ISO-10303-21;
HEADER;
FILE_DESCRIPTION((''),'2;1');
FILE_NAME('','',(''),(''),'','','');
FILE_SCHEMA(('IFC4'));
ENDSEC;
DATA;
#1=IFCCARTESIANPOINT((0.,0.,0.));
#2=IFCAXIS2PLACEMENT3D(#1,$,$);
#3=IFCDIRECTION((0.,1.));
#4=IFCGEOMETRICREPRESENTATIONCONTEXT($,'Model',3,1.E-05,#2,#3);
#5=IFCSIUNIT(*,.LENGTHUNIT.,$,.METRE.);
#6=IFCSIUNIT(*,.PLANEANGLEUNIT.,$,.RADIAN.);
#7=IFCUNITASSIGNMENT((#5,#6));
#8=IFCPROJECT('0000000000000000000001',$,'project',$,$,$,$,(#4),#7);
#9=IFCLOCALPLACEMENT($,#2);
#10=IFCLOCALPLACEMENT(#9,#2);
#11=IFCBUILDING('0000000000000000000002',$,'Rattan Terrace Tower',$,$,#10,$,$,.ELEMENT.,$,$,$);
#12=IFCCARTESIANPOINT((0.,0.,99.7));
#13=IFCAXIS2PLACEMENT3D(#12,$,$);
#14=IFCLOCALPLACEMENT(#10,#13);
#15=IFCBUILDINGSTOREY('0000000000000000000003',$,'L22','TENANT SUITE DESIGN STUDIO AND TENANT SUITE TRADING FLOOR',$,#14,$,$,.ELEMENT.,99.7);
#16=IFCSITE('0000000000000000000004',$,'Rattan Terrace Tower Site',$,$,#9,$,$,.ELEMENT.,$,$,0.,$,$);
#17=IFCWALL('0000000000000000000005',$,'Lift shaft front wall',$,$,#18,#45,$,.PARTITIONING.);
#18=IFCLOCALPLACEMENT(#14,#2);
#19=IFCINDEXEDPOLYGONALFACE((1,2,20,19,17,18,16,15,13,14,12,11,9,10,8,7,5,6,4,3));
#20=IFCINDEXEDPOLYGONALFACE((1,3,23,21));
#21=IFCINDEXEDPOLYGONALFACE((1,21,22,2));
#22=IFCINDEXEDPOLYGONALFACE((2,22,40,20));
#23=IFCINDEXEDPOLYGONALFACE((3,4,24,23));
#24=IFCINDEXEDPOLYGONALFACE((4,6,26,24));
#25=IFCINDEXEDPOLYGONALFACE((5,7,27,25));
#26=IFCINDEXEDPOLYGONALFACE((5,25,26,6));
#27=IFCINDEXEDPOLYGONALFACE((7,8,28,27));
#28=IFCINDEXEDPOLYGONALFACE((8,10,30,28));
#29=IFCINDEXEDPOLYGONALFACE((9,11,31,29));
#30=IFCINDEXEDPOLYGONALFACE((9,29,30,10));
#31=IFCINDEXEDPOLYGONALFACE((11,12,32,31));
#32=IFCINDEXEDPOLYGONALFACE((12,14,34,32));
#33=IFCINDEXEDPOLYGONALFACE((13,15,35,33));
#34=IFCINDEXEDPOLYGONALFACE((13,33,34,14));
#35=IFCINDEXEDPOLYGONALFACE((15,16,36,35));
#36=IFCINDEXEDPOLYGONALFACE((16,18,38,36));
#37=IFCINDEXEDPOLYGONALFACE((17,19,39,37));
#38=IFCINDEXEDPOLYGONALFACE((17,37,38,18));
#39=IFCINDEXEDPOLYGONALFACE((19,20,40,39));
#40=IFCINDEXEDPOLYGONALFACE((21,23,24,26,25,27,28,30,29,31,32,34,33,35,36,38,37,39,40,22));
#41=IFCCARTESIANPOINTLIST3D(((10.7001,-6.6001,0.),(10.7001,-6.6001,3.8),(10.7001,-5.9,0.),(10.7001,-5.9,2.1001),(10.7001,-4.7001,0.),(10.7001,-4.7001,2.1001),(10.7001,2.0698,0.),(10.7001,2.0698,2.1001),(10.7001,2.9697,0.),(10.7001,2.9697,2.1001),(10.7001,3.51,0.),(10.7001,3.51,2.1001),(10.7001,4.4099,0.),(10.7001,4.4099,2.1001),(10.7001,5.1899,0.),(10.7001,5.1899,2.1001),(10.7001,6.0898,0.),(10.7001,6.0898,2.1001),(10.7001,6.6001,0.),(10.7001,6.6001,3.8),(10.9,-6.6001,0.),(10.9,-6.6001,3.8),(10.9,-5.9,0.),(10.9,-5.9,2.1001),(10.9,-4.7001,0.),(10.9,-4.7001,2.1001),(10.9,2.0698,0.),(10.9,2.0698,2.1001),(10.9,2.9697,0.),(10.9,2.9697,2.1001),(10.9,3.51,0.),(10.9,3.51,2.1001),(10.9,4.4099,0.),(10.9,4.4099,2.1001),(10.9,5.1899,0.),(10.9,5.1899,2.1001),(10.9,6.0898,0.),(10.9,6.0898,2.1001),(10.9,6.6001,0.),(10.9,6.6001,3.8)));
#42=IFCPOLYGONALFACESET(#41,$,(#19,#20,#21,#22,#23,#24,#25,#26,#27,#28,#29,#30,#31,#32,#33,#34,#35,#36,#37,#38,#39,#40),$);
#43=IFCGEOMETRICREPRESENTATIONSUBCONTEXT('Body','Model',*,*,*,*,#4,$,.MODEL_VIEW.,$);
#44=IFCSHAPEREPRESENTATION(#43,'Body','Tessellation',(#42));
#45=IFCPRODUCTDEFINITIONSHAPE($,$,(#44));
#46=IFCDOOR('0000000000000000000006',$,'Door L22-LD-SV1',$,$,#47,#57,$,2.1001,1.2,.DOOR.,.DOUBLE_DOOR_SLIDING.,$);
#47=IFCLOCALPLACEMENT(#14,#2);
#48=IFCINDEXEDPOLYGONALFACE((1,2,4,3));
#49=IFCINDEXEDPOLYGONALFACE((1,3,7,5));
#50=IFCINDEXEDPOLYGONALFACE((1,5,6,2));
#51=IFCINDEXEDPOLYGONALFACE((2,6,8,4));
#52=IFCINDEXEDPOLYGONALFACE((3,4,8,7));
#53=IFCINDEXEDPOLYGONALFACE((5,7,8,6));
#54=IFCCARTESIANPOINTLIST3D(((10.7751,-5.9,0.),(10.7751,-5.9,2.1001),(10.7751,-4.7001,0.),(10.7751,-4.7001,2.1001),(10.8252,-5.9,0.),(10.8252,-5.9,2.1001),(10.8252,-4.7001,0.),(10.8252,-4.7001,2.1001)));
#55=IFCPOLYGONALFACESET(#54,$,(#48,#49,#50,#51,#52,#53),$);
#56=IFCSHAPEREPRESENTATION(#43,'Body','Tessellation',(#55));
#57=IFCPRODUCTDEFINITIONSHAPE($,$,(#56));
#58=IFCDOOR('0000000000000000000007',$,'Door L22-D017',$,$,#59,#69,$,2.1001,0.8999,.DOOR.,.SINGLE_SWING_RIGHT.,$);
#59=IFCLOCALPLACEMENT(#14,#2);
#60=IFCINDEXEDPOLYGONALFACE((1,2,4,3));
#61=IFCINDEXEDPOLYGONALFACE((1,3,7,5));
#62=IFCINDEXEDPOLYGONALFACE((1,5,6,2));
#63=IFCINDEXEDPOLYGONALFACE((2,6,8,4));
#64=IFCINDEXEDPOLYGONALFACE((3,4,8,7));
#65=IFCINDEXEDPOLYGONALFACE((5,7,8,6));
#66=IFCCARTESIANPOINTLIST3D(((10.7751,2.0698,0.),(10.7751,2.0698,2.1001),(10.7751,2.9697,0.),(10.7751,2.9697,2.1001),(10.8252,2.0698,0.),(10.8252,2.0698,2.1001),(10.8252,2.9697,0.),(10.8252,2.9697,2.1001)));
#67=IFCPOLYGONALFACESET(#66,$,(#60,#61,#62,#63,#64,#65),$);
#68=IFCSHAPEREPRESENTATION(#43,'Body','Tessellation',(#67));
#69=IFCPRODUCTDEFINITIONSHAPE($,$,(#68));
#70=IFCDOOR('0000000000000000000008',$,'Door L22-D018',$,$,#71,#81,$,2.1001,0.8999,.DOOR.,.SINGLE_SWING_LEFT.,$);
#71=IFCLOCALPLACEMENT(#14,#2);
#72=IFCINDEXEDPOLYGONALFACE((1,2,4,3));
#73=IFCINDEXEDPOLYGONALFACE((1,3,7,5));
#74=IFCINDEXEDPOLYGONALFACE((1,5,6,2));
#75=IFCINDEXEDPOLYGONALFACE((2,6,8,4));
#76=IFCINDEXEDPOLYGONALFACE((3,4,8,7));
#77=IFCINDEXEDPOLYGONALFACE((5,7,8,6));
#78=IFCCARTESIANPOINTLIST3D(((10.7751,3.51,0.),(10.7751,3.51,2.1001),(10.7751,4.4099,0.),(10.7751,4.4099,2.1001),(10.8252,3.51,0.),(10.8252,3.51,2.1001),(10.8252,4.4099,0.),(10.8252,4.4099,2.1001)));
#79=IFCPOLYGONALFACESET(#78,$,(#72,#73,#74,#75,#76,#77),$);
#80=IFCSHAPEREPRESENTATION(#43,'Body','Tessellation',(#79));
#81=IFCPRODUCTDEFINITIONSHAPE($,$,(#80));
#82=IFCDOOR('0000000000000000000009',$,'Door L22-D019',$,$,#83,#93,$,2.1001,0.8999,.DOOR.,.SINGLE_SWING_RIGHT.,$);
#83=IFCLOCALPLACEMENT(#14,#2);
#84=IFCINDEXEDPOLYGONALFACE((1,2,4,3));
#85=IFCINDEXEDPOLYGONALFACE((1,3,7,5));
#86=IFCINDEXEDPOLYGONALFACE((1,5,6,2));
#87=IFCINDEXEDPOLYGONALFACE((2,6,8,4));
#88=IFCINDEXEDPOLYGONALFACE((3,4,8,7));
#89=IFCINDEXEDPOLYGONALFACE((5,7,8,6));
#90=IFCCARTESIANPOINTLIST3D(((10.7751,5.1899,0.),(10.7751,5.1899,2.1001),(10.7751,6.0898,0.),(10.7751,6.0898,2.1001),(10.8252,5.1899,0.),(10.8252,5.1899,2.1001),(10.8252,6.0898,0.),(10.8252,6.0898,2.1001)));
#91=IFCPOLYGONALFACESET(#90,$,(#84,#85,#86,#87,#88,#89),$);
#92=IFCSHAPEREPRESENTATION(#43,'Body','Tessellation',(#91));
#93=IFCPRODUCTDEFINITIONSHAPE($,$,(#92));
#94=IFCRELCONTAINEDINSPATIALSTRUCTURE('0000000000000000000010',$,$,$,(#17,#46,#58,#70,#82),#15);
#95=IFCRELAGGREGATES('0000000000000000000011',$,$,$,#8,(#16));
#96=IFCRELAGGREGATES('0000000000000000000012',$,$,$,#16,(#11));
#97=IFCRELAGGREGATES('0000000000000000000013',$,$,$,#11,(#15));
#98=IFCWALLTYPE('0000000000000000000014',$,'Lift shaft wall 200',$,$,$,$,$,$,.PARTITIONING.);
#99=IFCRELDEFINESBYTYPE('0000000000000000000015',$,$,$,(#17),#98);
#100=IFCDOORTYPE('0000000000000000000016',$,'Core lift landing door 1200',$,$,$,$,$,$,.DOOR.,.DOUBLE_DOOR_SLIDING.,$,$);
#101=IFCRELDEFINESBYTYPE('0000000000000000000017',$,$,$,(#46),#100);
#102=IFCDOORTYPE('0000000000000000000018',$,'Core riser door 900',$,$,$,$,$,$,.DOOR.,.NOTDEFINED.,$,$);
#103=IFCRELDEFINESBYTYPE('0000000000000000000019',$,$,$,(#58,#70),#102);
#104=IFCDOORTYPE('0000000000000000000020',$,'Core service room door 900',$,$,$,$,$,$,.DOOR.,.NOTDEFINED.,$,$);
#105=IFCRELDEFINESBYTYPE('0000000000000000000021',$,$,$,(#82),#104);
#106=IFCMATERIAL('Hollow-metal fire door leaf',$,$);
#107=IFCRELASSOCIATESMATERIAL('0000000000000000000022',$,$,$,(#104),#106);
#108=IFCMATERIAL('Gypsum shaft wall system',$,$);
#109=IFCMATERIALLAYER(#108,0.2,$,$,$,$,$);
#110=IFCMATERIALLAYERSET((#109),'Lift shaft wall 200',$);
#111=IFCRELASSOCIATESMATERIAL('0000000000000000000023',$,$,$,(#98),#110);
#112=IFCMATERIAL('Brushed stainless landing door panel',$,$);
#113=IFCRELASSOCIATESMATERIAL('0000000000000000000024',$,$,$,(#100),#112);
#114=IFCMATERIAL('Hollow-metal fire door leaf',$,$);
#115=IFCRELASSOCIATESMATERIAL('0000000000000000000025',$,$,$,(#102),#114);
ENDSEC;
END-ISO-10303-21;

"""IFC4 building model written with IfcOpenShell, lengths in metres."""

from ifc_helpers import new_model, si_unit, direction, frame, frame_2d, origin, place, context, subcontext, project, spatial, rectangle, extrude, material, layer, layer_set, type_object, element, fill, save


model = new_model("IFC4")

# Units and contexts
model_context = context("Model", 3, precision=1e-05, world=origin(), true_north=direction((0.0, 1.0)))
body_context = subcontext(model_context, "Body", "Model", "MODEL_VIEW")
ifc_project = project(units=[si_unit("LENGTHUNIT", "METRE"), si_unit("PLANEANGLEUNIT", "RADIAN")], contexts=[model_context])

# Site, building, storey
site_placement = place(None, origin())
site = spatial("IfcSite", under=ifc_project, at=site_placement, Name="Rattan Terrace Tower Site", CompositionType="ELEMENT", RefElevation=0.0)
building_placement = place(site_placement, origin())
building = spatial("IfcBuilding", under=site, at=building_placement, Name="Rattan Terrace Tower", CompositionType="ELEMENT")
storey_placement = place(building_placement, frame((0.0, 0.0, 99.7)))
storey = spatial("IfcBuildingStorey", under=building, at=storey_placement, Name="L22", Description="TENANT SUITE DESIGN STUDIO AND TENANT SUITE TRADING FLOOR", CompositionType="ELEMENT", Elevation=99.7)

# Shared definitions
ifc_material_1 = material(Name="Hollow-metal fire door leaf")
door_type_1 = type_object("IfcDoorType", Name="Core service room door 900", OperationType="NOTDEFINED", PredefinedType="DOOR", material=ifc_material_1)

# Wall, openings, doors
ifc_material_2 = material(Name="Gypsum shaft wall system")
ifc_layer_1 = layer(ifc_material_2, 0.2)
ifc_layer_set_1 = layer_set([ifc_layer_1], Name="Lift shaft wall 200")
wall_type_1 = type_object("IfcWallType", Name="Lift shaft wall 200", PredefinedType="PARTITIONING", material=ifc_layer_set_1)
wall_1_placement = place(storey_placement, frame((10.8, -6.6001, 0.0), z_axis=(0.0, 0.0, 1.0), x_axis=(0.0, 1.0, 0.0)))
wall_1 = element("IfcWall", 1, at=wall_1_placement, inside=storey, type_object=wall_type_1, Name="Lift shaft front wall", PredefinedType="PARTITIONING", context=body_context, shape_type="SweptSolid", body=[
    extrude(rectangle(XDim=13.2002, YDim=0.2, at=frame_2d((6.6001, 0.0))), origin(), (0.0, 0.0, 1.0), 3.8),
])
opening_1_placement = place(wall_1_placement, frame((0.7, 0.0, 0.0)))
opening_1 = element("IfcOpeningElement", 2, at=opening_1_placement, cuts=wall_1, PredefinedType="OPENING", context=body_context, shape_type="SweptSolid", body=[
    extrude(rectangle(XDim=1.2, YDim=2.1001, at=frame_2d((0.6001, 1.05))), frame((0.0, 0.1106, 0.0), z_axis=(0.0, -1.0, 0.0), x_axis=(1.0, 0.0, 0.0)), (0.0, 0.0, 1.0), 0.2209),
])
opening_2_placement = place(wall_1_placement, frame((8.6699, 0.0, 0.0)))
opening_2 = element("IfcOpeningElement", 3, at=opening_2_placement, cuts=wall_1, PredefinedType="OPENING", context=body_context, shape_type="SweptSolid", body=[
    extrude(rectangle(XDim=0.8999, YDim=2.1001, at=frame_2d((0.45, 1.05))), frame((0.0, 0.1106, 0.0), z_axis=(0.0, -1.0, 0.0), x_axis=(1.0, 0.0, 0.0)), (0.0, 0.0, 1.0), 0.2209),
])
opening_3_placement = place(wall_1_placement, frame((10.1101, 0.0, 0.0)))
opening_3 = element("IfcOpeningElement", 4, at=opening_3_placement, cuts=wall_1, PredefinedType="OPENING", context=body_context, shape_type="SweptSolid", body=[
    extrude(rectangle(XDim=0.8999, YDim=2.1001, at=frame_2d((0.45, 1.05))), frame((0.0, 0.1106, 0.0), z_axis=(0.0, -1.0, 0.0), x_axis=(1.0, 0.0, 0.0)), (0.0, 0.0, 1.0), 0.2209),
])
opening_4_placement = place(wall_1_placement, frame((11.79, 0.0, 0.0)))
opening_4 = element("IfcOpeningElement", 5, at=opening_4_placement, cuts=wall_1, PredefinedType="OPENING", context=body_context, shape_type="SweptSolid", body=[
    extrude(rectangle(XDim=0.8999, YDim=2.1001, at=frame_2d((0.45, 1.05))), frame((0.0, 0.1106, 0.0), z_axis=(0.0, -1.0, 0.0), x_axis=(1.0, 0.0, 0.0)), (0.0, 0.0, 1.0), 0.2209),
])
ifc_material_3 = material(Name="Brushed stainless landing door panel")
door_type_2 = type_object("IfcDoorType", Name="Core lift landing door 1200", OperationType="DOUBLE_DOOR_SLIDING", PredefinedType="DOOR", material=ifc_material_3)
door_1_placement = place(opening_1_placement, origin())
door_1 = element("IfcDoor", 6, at=door_1_placement, inside=storey, type_object=door_type_2, Name="Door L22-LD-SV1", OperationType="DOUBLE_DOOR_SLIDING", OverallHeight=2.1001, OverallWidth=1.2, PredefinedType="DOOR", context=body_context, shape_type="SweptSolid", body=[
    extrude(rectangle(XDim=1.2, YDim=2.1001, at=frame_2d((0.6001, 1.05))), frame((0.0, 0.0249, 0.0), z_axis=(0.0, -1.0, 0.0), x_axis=(1.0, 0.0, 0.0)), (0.0, 0.0, 1.0), 0.05),
])
fill(opening_1, door_1)
ifc_material_4 = material(Name="Hollow-metal fire door leaf")
door_type_3 = type_object("IfcDoorType", Name="Core riser door 900", OperationType="NOTDEFINED", PredefinedType="DOOR", material=ifc_material_4)
door_2_placement = place(opening_2_placement, origin())
door_2 = element("IfcDoor", 7, at=door_2_placement, inside=storey, type_object=door_type_3, Name="Door L22-D017", OperationType="SINGLE_SWING_RIGHT", OverallHeight=2.1001, OverallWidth=0.8999, PredefinedType="DOOR", context=body_context, shape_type="SweptSolid", body=[
    extrude(rectangle(XDim=0.8999, YDim=2.1001, at=frame_2d((0.45, 1.05))), frame((0.0, 0.0249, 0.0), z_axis=(0.0, -1.0, 0.0), x_axis=(1.0, 0.0, 0.0)), (0.0, 0.0, 1.0), 0.05),
])
fill(opening_2, door_2)
door_3_placement = place(opening_3_placement, origin())
door_3 = element("IfcDoor", 8, at=door_3_placement, inside=storey, type_object=door_type_3, Name="Door L22-D018", OperationType="SINGLE_SWING_LEFT", OverallHeight=2.1001, OverallWidth=0.8999, PredefinedType="DOOR", context=body_context, shape_type="SweptSolid", body=[
    extrude(rectangle(XDim=0.8999, YDim=2.1001, at=frame_2d((0.45, 1.05))), frame((0.0, 0.0249, 0.0), z_axis=(0.0, -1.0, 0.0), x_axis=(1.0, 0.0, 0.0)), (0.0, 0.0, 1.0), 0.05),
])
fill(opening_3, door_3)
door_4_placement = place(opening_4_placement, origin())
door_4 = element("IfcDoor", 9, at=door_4_placement, inside=storey, type_object=door_type_1, Name="Door L22-D019", OperationType="SINGLE_SWING_RIGHT", OverallHeight=2.1001, OverallWidth=0.8999, PredefinedType="DOOR", context=body_context, shape_type="SweptSolid", body=[
    extrude(rectangle(XDim=0.8999, YDim=2.1001, at=frame_2d((0.45, 1.05))), frame((0.0, 0.0249, 0.0), z_axis=(0.0, -1.0, 0.0), x_axis=(1.0, 0.0, 0.0)), (0.0, 0.0, 1.0), 0.05),
])
fill(opening_4, door_4)

save(model, "model.ifc")
